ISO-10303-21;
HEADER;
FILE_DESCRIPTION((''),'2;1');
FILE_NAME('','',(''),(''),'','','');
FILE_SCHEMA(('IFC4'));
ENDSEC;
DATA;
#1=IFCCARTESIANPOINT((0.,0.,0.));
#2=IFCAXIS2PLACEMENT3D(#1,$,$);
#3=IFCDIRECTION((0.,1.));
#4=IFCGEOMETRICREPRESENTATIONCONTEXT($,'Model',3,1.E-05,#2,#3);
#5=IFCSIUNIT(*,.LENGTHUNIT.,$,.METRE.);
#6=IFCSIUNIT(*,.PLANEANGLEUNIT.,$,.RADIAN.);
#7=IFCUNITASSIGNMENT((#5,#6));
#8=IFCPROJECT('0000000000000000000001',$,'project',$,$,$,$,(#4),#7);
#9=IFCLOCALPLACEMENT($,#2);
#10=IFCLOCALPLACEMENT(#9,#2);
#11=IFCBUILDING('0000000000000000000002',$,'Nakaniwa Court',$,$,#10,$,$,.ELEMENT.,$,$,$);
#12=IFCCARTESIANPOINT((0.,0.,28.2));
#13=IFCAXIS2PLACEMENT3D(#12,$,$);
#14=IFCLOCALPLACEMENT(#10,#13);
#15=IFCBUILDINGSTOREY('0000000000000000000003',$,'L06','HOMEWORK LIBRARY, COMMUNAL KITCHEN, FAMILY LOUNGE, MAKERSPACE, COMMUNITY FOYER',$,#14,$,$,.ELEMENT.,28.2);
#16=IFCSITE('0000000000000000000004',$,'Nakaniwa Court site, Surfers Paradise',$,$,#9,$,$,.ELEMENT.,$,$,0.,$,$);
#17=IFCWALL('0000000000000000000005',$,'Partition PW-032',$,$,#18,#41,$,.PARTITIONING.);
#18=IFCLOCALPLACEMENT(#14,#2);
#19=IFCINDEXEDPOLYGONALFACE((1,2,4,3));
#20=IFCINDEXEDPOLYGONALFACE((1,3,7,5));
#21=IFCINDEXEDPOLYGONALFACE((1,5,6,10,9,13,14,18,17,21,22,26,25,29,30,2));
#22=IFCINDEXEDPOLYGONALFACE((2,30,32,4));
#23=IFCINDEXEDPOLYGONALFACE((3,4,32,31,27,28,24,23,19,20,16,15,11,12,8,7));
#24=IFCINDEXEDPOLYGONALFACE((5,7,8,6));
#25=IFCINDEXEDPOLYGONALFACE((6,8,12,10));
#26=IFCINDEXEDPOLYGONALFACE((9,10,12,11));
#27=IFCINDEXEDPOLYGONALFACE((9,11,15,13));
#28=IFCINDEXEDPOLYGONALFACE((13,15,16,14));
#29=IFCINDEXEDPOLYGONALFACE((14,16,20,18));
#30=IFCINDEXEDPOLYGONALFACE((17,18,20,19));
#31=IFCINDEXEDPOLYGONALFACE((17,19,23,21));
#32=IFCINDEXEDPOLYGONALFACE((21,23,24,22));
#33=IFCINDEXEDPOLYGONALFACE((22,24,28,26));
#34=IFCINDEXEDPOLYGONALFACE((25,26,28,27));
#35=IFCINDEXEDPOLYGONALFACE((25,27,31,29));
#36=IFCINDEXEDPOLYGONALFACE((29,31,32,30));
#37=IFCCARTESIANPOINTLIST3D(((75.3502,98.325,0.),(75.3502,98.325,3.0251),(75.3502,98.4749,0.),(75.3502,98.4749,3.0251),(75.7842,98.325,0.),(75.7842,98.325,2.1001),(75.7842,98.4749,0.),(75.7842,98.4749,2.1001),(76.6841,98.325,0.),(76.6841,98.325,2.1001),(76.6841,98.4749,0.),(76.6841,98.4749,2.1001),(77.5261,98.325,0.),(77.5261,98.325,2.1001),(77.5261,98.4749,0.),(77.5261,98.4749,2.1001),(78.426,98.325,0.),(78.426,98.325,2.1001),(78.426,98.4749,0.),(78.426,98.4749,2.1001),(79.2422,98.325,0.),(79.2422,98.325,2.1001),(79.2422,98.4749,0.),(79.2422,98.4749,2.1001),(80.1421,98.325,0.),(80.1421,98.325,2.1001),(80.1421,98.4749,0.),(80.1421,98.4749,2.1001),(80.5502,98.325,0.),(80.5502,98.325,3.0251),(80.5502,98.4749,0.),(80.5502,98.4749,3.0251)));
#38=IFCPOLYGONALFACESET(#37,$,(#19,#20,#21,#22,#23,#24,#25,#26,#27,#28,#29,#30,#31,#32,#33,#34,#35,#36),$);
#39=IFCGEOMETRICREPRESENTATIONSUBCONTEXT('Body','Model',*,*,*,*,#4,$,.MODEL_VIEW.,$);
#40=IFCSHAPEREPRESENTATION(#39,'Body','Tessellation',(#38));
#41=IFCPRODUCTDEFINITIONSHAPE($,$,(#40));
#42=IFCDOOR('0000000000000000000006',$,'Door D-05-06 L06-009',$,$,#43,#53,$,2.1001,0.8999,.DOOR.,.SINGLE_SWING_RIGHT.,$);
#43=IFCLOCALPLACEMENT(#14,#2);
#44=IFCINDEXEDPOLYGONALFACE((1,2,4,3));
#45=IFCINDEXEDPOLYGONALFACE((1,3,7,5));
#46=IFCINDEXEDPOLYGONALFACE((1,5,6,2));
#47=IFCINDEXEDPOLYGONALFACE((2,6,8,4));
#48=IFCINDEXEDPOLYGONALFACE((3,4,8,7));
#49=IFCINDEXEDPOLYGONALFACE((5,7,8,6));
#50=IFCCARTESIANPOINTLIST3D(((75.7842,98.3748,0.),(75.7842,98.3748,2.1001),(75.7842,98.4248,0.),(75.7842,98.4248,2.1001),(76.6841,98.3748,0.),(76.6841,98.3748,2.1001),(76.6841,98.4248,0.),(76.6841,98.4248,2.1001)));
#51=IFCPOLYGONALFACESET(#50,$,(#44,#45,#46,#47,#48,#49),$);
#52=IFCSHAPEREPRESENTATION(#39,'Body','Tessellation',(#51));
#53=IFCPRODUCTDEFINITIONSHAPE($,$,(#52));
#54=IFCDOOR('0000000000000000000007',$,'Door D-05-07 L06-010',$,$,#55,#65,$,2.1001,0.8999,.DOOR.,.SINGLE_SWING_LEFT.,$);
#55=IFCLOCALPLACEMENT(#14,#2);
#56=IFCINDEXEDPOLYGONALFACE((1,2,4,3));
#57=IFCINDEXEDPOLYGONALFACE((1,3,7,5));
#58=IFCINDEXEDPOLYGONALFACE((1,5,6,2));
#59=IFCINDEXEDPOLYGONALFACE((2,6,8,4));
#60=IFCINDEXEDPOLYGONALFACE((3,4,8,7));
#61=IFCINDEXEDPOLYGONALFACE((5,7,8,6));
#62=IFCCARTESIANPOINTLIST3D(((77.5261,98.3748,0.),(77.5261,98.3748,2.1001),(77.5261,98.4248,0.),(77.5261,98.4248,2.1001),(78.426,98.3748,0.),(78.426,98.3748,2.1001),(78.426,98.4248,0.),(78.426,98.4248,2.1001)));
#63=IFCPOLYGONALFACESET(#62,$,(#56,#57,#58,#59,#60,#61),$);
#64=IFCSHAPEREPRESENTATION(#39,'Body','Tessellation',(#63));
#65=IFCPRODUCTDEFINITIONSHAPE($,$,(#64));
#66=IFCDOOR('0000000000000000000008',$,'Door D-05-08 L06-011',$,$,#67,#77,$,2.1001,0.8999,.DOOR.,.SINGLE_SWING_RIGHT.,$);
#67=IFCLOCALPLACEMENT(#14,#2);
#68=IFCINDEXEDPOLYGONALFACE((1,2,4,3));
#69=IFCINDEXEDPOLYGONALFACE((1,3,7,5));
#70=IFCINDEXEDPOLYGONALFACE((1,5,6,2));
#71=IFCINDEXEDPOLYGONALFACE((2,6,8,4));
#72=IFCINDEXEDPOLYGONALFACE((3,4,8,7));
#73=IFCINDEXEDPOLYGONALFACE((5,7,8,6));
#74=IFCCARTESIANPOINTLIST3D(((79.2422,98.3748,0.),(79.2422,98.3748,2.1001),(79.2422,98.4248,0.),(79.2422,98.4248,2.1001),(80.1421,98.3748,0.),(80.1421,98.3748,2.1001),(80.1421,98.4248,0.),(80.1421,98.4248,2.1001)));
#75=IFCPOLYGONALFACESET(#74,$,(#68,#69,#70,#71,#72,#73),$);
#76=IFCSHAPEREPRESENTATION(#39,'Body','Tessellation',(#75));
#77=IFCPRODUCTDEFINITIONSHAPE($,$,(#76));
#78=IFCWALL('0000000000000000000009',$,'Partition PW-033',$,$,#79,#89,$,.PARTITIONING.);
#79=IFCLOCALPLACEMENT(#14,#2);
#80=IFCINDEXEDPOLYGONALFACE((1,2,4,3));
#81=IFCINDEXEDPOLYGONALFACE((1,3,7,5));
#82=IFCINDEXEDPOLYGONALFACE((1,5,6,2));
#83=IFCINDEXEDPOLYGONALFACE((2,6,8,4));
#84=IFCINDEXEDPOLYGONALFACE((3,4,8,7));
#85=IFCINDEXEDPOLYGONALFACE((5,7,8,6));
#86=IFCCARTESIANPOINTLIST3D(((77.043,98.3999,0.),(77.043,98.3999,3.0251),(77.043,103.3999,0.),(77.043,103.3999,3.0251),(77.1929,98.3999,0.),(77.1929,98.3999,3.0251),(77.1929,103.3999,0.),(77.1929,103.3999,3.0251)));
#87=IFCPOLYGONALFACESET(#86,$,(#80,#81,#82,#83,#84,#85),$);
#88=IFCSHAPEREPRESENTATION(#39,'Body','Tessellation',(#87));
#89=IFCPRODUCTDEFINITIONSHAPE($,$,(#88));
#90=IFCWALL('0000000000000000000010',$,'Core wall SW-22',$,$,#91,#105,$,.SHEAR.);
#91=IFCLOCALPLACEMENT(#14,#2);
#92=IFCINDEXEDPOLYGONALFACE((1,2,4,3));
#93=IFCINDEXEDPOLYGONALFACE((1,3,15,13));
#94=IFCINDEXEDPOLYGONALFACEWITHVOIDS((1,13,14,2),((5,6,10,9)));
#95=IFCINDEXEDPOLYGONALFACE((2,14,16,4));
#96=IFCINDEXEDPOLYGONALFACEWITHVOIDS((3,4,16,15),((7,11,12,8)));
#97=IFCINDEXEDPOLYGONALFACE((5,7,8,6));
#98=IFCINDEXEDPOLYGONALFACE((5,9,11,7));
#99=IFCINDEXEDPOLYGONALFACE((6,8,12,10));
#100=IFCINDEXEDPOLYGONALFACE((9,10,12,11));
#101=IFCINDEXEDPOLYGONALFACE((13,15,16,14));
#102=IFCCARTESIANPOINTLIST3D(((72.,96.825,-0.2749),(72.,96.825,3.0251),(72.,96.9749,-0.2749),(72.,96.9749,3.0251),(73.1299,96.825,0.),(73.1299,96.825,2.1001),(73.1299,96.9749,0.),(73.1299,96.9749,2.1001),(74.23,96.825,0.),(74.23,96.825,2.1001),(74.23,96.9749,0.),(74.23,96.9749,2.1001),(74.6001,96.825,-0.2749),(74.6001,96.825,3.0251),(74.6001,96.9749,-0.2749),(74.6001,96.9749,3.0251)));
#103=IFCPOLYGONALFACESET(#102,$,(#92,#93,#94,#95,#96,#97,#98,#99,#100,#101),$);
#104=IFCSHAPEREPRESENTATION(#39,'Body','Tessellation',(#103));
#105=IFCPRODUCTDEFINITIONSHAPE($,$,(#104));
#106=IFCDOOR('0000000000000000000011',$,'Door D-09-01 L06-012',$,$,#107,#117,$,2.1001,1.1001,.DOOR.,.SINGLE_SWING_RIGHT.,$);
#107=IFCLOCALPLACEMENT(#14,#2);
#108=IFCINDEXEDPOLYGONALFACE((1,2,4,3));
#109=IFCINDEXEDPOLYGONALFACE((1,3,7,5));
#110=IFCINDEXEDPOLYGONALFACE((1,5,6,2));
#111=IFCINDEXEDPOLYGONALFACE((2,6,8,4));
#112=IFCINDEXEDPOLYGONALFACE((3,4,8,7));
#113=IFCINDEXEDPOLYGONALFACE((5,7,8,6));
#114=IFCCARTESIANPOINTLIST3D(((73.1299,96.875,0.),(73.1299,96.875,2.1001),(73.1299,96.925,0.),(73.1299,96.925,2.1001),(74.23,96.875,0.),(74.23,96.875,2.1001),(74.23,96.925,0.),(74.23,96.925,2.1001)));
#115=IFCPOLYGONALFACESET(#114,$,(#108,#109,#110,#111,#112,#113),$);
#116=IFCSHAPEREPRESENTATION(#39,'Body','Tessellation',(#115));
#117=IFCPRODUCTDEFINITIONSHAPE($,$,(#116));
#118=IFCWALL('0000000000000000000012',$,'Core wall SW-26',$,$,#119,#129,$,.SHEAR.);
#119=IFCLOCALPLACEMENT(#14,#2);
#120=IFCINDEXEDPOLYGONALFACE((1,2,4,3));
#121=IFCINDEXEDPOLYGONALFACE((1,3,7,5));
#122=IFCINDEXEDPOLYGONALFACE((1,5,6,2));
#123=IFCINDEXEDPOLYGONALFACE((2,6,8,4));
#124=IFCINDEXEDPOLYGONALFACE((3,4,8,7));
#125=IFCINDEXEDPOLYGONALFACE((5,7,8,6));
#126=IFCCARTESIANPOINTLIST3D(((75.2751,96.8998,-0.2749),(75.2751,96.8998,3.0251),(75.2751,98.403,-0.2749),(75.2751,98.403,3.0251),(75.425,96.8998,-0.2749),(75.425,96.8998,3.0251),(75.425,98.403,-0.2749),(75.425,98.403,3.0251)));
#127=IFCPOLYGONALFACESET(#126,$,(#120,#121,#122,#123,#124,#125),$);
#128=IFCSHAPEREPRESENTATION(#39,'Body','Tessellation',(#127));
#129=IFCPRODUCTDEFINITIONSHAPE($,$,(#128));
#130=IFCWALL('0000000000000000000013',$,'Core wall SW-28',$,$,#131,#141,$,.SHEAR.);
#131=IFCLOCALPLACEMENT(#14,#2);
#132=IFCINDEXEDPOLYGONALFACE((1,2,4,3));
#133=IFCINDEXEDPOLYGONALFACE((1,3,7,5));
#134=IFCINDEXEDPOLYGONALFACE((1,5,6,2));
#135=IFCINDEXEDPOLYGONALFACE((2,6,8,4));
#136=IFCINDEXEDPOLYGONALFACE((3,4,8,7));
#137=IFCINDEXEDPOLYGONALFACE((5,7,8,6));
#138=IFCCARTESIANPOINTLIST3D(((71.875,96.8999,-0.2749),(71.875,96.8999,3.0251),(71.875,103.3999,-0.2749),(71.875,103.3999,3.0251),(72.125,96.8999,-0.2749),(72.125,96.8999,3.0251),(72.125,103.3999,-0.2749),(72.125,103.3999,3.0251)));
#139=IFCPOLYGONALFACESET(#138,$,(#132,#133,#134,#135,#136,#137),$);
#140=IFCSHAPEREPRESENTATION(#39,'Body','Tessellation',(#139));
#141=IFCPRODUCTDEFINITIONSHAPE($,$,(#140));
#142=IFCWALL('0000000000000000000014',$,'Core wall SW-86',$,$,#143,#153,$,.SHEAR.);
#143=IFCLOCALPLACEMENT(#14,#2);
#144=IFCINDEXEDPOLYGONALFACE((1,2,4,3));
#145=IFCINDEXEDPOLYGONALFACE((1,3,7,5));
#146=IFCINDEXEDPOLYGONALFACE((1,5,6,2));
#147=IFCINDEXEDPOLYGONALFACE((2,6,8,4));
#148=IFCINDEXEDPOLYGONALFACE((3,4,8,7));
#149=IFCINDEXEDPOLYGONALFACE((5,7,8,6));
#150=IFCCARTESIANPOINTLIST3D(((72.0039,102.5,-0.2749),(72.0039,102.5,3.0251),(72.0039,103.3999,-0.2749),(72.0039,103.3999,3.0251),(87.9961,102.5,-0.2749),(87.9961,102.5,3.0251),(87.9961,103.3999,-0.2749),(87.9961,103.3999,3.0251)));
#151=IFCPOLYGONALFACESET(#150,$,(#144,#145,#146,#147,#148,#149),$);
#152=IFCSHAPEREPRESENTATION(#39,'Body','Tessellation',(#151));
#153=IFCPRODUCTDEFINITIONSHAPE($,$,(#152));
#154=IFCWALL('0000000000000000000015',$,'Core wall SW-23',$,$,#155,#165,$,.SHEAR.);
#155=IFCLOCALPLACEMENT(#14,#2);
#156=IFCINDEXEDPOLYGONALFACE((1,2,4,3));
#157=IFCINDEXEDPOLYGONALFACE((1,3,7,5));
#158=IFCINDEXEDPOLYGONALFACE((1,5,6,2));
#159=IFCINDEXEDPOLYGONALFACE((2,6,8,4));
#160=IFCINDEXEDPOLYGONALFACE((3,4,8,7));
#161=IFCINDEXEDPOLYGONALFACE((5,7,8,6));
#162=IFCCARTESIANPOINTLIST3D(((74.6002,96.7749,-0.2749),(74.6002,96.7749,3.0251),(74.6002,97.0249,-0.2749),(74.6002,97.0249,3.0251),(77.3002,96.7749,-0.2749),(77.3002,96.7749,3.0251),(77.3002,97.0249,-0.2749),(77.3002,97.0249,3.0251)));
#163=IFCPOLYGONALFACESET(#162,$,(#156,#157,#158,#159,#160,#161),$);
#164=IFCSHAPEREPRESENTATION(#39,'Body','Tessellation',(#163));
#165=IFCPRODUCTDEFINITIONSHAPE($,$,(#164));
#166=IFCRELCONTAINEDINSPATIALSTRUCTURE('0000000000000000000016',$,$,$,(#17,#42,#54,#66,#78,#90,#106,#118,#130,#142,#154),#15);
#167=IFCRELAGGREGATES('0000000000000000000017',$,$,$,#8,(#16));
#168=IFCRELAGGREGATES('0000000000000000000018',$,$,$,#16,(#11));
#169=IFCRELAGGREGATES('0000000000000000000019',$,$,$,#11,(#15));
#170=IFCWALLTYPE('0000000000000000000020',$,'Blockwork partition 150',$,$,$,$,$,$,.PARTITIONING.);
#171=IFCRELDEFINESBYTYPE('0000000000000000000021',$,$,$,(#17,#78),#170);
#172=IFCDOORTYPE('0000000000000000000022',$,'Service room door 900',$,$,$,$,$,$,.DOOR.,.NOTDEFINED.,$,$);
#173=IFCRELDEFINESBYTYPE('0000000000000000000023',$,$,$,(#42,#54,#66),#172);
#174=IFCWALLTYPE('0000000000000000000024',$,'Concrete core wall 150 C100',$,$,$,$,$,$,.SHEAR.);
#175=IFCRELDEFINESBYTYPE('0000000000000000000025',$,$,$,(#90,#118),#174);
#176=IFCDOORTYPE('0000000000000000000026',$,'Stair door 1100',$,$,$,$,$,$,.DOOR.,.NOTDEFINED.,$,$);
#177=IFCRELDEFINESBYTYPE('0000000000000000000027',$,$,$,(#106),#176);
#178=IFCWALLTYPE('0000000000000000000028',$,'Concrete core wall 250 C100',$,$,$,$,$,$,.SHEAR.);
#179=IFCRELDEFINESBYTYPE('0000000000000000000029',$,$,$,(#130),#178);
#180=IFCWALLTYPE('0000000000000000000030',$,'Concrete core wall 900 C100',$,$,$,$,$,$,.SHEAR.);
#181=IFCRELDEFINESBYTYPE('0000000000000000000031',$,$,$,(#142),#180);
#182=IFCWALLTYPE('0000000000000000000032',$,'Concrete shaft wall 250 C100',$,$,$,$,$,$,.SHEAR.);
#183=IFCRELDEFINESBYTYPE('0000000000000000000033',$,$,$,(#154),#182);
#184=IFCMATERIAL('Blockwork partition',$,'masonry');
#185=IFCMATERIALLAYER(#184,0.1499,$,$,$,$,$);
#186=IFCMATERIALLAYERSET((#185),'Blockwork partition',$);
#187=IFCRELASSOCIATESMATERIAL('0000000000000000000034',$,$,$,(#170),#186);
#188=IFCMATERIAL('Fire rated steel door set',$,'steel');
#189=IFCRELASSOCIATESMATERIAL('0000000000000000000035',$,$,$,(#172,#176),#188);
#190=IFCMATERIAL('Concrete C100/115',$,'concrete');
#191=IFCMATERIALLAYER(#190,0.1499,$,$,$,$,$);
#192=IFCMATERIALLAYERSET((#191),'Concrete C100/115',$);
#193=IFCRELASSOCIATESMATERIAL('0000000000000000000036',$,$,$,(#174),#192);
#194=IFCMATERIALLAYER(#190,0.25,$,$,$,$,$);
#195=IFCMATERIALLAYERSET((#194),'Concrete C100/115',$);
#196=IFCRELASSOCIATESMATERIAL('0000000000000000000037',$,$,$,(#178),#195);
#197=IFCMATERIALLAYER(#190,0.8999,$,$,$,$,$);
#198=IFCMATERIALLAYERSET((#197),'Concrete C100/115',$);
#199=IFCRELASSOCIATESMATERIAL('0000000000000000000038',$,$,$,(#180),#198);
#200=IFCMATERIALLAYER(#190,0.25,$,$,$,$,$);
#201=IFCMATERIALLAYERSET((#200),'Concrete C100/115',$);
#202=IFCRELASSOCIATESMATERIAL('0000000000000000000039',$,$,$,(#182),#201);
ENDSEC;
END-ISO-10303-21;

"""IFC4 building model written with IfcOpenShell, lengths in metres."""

from ifc_helpers import new_model, si_unit, direction, frame, frame_2d, origin, place, context, subcontext, project, spatial, rectangle, extrude, material, layer, layer_set, type_object, element, fill, save


model = new_model("IFC4")

# Units and contexts
model_context = context("Model", 3, precision=1e-05, world=origin(), true_north=direction((0.0, 1.0)))
body_context = subcontext(model_context, "Body", "Model", "MODEL_VIEW")
ifc_project = project(units=[si_unit("LENGTHUNIT", "METRE"), si_unit("PLANEANGLEUNIT", "RADIAN")], contexts=[model_context])

# Site, building, storey
site_placement = place(None, origin())
site = spatial("IfcSite", under=ifc_project, at=site_placement, Name="Nakaniwa Court site, Surfers Paradise", CompositionType="ELEMENT", RefElevation=0.0)
building_placement = place(site_placement, origin())
building = spatial("IfcBuilding", under=site, at=building_placement, Name="Nakaniwa Court", CompositionType="ELEMENT")
storey_placement = place(building_placement, frame((0.0, 0.0, 28.2)))
storey = spatial("IfcBuildingStorey", under=building, at=storey_placement, Name="L06", Description="HOMEWORK LIBRARY, COMMUNAL KITCHEN, FAMILY LOUNGE, MAKERSPACE, COMMUNITY FOYER", CompositionType="ELEMENT", Elevation=28.2)

# Wall, openings, doors
ifc_material_1 = material(Name="Blockwork partition", Category="masonry")
ifc_layer_1 = layer(ifc_material_1, 0.1499)
ifc_layer_set_1 = layer_set([ifc_layer_1], Name="Blockwork partition")
wall_type_1 = type_object("IfcWallType", Name="Blockwork partition 150", PredefinedType="PARTITIONING", material=ifc_layer_set_1)
wall_1_placement = place(storey_placement, frame((75.3501, 98.3999, 0.0), z_axis=(0.0, 0.0, 1.0), x_axis=(1.0, 0.0, 0.0)))
wall_1 = element("IfcWall", 1, at=wall_1_placement, inside=storey, type_object=wall_type_1, Name="Partition PW-032", PredefinedType="PARTITIONING", context=body_context, shape_type="SweptSolid", body=[
    extrude(rectangle(XDim=5.2, YDim=0.1499, at=frame_2d((2.6001, 0.0))), origin(), (0.0, 0.0, 1.0), 3.0251),
])
opening_1_placement = place(wall_1_placement, frame((0.4341, 0.0, 0.0)))
opening_1 = element("IfcOpeningElement", 2, at=opening_1_placement, cuts=wall_1, PredefinedType="OPENING", context=body_context, shape_type="SweptSolid", body=[
    extrude(rectangle(XDim=0.8999, YDim=2.1001, at=frame_2d((0.45, 1.05))), frame((0.0, 0.085, 0.0), z_axis=(0.0, -1.0, 0.0), x_axis=(1.0, 0.0, 0.0)), (0.0, 0.0, 1.0), 0.1699),
])
opening_2_placement = place(wall_1_placement, frame((2.176, 0.0, 0.0)))
opening_2 = element("IfcOpeningElement", 3, at=opening_2_placement, cuts=wall_1, PredefinedType="OPENING", context=body_context, shape_type="SweptSolid", body=[
    extrude(rectangle(XDim=0.8999, YDim=2.1001, at=frame_2d((0.45, 1.05))), frame((0.0, 0.085, 0.0), z_axis=(0.0, -1.0, 0.0), x_axis=(1.0, 0.0, 0.0)), (0.0, 0.0, 1.0), 0.1699),
])
opening_3_placement = place(wall_1_placement, frame((3.8921, 0.0, 0.0)))
opening_3 = element("IfcOpeningElement", 4, at=opening_3_placement, cuts=wall_1, PredefinedType="OPENING", context=body_context, shape_type="SweptSolid", body=[
    extrude(rectangle(XDim=0.8999, YDim=2.1001, at=frame_2d((0.45, 1.05))), frame((0.0, 0.085, 0.0), z_axis=(0.0, -1.0, 0.0), x_axis=(1.0, 0.0, 0.0)), (0.0, 0.0, 1.0), 0.1699),
])
ifc_material_2 = material(Name="Fire rated steel door set", Category="steel")
door_type_1 = type_object("IfcDoorType", Name="Service room door 900", OperationType="NOTDEFINED", PredefinedType="DOOR", material=ifc_material_2)
door_1_placement = place(opening_1_placement, origin())
door_1 = element("IfcDoor", 5, at=door_1_placement, inside=storey, type_object=door_type_1, Name="Door D-05-06 L06-009", OperationType="SINGLE_SWING_RIGHT", OverallHeight=2.1001, OverallWidth=0.8999, PredefinedType="DOOR", context=body_context, shape_type="SweptSolid", body=[
    extrude(rectangle(XDim=0.8999, YDim=2.1001, at=frame_2d((0.45, 1.05))), frame((0.0, 0.0249, 0.0), z_axis=(0.0, -1.0, 0.0), x_axis=(1.0, 0.0, 0.0)), (0.0, 0.0, 1.0), 0.05),
])
fill(opening_1, door_1)
door_2_placement = place(opening_2_placement, origin())
door_2 = element("IfcDoor", 6, at=door_2_placement, inside=storey, type_object=door_type_1, Name="Door D-05-07 L06-010", OperationType="SINGLE_SWING_LEFT", OverallHeight=2.1001, OverallWidth=0.8999, PredefinedType="DOOR", context=body_context, shape_type="SweptSolid", body=[
    extrude(rectangle(XDim=0.8999, YDim=2.1001, at=frame_2d((0.45, 1.05))), frame((0.0, 0.0249, 0.0), z_axis=(0.0, -1.0, 0.0), x_axis=(1.0, 0.0, 0.0)), (0.0, 0.0, 1.0), 0.05),
])
fill(opening_2, door_2)
door_3_placement = place(opening_3_placement, origin())
door_3 = element("IfcDoor", 7, at=door_3_placement, inside=storey, type_object=door_type_1, Name="Door D-05-08 L06-011", OperationType="SINGLE_SWING_RIGHT", OverallHeight=2.1001, OverallWidth=0.8999, PredefinedType="DOOR", context=body_context, shape_type="SweptSolid", body=[
    extrude(rectangle(XDim=0.8999, YDim=2.1001, at=frame_2d((0.45, 1.05))), frame((0.0, 0.0249, 0.0), z_axis=(0.0, -1.0, 0.0), x_axis=(1.0, 0.0, 0.0)), (0.0, 0.0, 1.0), 0.05),
])
fill(opening_3, door_3)

# Wall
wall_2_placement = place(storey_placement, frame((77.1179, 98.3999, 0.0), z_axis=(0.0, 0.0, 1.0), x_axis=(0.0, 1.0, 0.0)))
element("IfcWall", 8, at=wall_2_placement, inside=storey, type_object=wall_type_1, Name="Partition PW-033", PredefinedType="PARTITIONING", context=body_context, shape_type="SweptSolid", body=[
    extrude(rectangle(XDim=5.0, YDim=0.1499, at=frame_2d((2.5, 0.0))), origin(), (0.0, 0.0, 1.0), 3.0251),
])

# Wall, opening, door
ifc_material_3 = material(Name="Concrete C100/115", Category="concrete")
ifc_layer_2 = layer(ifc_material_3, 0.1499)
ifc_layer_set_2 = layer_set([ifc_layer_2], Name="Concrete C100/115")
wall_type_2 = type_object("IfcWallType", Name="Concrete core wall 150 C100", PredefinedType="SHEAR", material=ifc_layer_set_2)
wall_3_placement = place(storey_placement, frame((74.6001, 96.8999, -0.2749), z_axis=(0.0, 0.0, 1.0), x_axis=(-1.0, 0.0, 0.0)))
wall_3 = element("IfcWall", 9, at=wall_3_placement, inside=storey, type_object=wall_type_2, Name="Core wall SW-22", PredefinedType="SHEAR", context=body_context, shape_type="SweptSolid", body=[
    extrude(rectangle(XDim=2.6001, YDim=0.1499, at=frame_2d((1.3, 0.0))), origin(), (0.0, 0.0, 1.0), 3.3),
])
opening_4_placement = place(wall_3_placement, frame((0.3701, 0.0, 0.2749)))
opening_4 = element("IfcOpeningElement", 10, at=opening_4_placement, cuts=wall_3, PredefinedType="OPENING", context=body_context, shape_type="SweptSolid", body=[
    extrude(rectangle(XDim=1.1001, YDim=2.1001, at=frame_2d((0.55, 1.05))), frame((0.0, 0.085, 0.0), z_axis=(0.0, -1.0, 0.0), x_axis=(1.0, 0.0, 0.0)), (0.0, 0.0, 1.0), 0.1699),
])
door_type_2 = type_object("IfcDoorType", Name="Stair door 1100", OperationType="NOTDEFINED", PredefinedType="DOOR", material=ifc_material_2)
door_4_placement = place(opening_4_placement, origin())
door_4 = element("IfcDoor", 11, at=door_4_placement, inside=storey, type_object=door_type_2, Name="Door D-09-01 L06-012", OperationType="SINGLE_SWING_RIGHT", OverallHeight=2.1001, OverallWidth=1.1001, PredefinedType="DOOR", context=body_context, shape_type="SweptSolid", body=[
    extrude(rectangle(XDim=1.1001, YDim=2.1001, at=frame_2d((0.55, 1.05))), frame((0.0, 0.0249, 0.0), z_axis=(0.0, -1.0, 0.0), x_axis=(1.0, 0.0, 0.0)), (0.0, 0.0, 1.0), 0.05),
])
fill(opening_4, door_4)

# Walls
wall_4_placement = place(storey_placement, frame((75.3501, 96.8999, -0.2749), z_axis=(0.0, 0.0, 1.0), x_axis=(0.0, 1.0, 0.0)))
element("IfcWall", 12, at=wall_4_placement, inside=storey, type_object=wall_type_2, Name="Core wall SW-26", PredefinedType="SHEAR", context=body_context, shape_type="SweptSolid", body=[
    extrude(rectangle(XDim=1.5032, YDim=0.1499, at=frame_2d((0.7515, 0.0))), origin(), (0.0, 0.0, 1.0), 3.3),
])
ifc_layer_3 = layer(ifc_material_3, 0.25)
ifc_layer_set_3 = layer_set([ifc_layer_3], Name="Concrete C100/115")
wall_type_3 = type_object("IfcWallType", Name="Concrete core wall 250 C100", PredefinedType="SHEAR", material=ifc_layer_set_3)
wall_5_placement = place(storey_placement, frame((72.0, 96.8999, -0.2749), z_axis=(0.0, 0.0, 1.0), x_axis=(0.0, 1.0, 0.0)))
element("IfcWall", 13, at=wall_5_placement, inside=storey, type_object=wall_type_3, Name="Core wall SW-28", PredefinedType="SHEAR", context=body_context, shape_type="SweptSolid", body=[
    extrude(rectangle(XDim=6.5, YDim=0.25, at=frame_2d((3.25, 0.0))), origin(), (0.0, 0.0, 1.0), 3.3),
])
ifc_layer_4 = layer(ifc_material_3, 0.8999)
ifc_layer_set_4 = layer_set([ifc_layer_4], Name="Concrete C100/115")
wall_type_4 = type_object("IfcWallType", Name="Concrete core wall 900 C100", PredefinedType="SHEAR", material=ifc_layer_set_4)
wall_6_placement = place(storey_placement, frame((72.0039, 102.95, -0.2749), z_axis=(0.0, 0.0, 1.0), x_axis=(1.0, 0.0, 0.0)))
element("IfcWall", 14, at=wall_6_placement, inside=storey, type_object=wall_type_4, Name="Core wall SW-86", PredefinedType="SHEAR", context=body_context, shape_type="SweptSolid", body=[
    extrude(rectangle(XDim=15.9922, YDim=0.8999, at=frame_2d((7.9961, 0.0))), origin(), (0.0, 0.0, 1.0), 3.3),
])
ifc_layer_5 = layer(ifc_material_3, 0.25)
ifc_layer_set_5 = layer_set([ifc_layer_5], Name="Concrete C100/115")
wall_type_5 = type_object("IfcWallType", Name="Concrete shaft wall 250 C100", PredefinedType="SHEAR", material=ifc_layer_set_5)
wall_7_placement = place(storey_placement, frame((74.6001, 96.8999, -0.2749), z_axis=(0.0, 0.0, 1.0), x_axis=(1.0, 0.0, 0.0)))
element("IfcWall", 15, at=wall_7_placement, inside=storey, type_object=wall_type_5, Name="Core wall SW-23", PredefinedType="SHEAR", context=body_context, shape_type="SweptSolid", body=[
    extrude(rectangle(XDim=2.7, YDim=0.25, at=frame_2d((1.3501, 0.0))), origin(), (0.0, 0.0, 1.0), 3.3),
])

save(model, "model.ifc")
